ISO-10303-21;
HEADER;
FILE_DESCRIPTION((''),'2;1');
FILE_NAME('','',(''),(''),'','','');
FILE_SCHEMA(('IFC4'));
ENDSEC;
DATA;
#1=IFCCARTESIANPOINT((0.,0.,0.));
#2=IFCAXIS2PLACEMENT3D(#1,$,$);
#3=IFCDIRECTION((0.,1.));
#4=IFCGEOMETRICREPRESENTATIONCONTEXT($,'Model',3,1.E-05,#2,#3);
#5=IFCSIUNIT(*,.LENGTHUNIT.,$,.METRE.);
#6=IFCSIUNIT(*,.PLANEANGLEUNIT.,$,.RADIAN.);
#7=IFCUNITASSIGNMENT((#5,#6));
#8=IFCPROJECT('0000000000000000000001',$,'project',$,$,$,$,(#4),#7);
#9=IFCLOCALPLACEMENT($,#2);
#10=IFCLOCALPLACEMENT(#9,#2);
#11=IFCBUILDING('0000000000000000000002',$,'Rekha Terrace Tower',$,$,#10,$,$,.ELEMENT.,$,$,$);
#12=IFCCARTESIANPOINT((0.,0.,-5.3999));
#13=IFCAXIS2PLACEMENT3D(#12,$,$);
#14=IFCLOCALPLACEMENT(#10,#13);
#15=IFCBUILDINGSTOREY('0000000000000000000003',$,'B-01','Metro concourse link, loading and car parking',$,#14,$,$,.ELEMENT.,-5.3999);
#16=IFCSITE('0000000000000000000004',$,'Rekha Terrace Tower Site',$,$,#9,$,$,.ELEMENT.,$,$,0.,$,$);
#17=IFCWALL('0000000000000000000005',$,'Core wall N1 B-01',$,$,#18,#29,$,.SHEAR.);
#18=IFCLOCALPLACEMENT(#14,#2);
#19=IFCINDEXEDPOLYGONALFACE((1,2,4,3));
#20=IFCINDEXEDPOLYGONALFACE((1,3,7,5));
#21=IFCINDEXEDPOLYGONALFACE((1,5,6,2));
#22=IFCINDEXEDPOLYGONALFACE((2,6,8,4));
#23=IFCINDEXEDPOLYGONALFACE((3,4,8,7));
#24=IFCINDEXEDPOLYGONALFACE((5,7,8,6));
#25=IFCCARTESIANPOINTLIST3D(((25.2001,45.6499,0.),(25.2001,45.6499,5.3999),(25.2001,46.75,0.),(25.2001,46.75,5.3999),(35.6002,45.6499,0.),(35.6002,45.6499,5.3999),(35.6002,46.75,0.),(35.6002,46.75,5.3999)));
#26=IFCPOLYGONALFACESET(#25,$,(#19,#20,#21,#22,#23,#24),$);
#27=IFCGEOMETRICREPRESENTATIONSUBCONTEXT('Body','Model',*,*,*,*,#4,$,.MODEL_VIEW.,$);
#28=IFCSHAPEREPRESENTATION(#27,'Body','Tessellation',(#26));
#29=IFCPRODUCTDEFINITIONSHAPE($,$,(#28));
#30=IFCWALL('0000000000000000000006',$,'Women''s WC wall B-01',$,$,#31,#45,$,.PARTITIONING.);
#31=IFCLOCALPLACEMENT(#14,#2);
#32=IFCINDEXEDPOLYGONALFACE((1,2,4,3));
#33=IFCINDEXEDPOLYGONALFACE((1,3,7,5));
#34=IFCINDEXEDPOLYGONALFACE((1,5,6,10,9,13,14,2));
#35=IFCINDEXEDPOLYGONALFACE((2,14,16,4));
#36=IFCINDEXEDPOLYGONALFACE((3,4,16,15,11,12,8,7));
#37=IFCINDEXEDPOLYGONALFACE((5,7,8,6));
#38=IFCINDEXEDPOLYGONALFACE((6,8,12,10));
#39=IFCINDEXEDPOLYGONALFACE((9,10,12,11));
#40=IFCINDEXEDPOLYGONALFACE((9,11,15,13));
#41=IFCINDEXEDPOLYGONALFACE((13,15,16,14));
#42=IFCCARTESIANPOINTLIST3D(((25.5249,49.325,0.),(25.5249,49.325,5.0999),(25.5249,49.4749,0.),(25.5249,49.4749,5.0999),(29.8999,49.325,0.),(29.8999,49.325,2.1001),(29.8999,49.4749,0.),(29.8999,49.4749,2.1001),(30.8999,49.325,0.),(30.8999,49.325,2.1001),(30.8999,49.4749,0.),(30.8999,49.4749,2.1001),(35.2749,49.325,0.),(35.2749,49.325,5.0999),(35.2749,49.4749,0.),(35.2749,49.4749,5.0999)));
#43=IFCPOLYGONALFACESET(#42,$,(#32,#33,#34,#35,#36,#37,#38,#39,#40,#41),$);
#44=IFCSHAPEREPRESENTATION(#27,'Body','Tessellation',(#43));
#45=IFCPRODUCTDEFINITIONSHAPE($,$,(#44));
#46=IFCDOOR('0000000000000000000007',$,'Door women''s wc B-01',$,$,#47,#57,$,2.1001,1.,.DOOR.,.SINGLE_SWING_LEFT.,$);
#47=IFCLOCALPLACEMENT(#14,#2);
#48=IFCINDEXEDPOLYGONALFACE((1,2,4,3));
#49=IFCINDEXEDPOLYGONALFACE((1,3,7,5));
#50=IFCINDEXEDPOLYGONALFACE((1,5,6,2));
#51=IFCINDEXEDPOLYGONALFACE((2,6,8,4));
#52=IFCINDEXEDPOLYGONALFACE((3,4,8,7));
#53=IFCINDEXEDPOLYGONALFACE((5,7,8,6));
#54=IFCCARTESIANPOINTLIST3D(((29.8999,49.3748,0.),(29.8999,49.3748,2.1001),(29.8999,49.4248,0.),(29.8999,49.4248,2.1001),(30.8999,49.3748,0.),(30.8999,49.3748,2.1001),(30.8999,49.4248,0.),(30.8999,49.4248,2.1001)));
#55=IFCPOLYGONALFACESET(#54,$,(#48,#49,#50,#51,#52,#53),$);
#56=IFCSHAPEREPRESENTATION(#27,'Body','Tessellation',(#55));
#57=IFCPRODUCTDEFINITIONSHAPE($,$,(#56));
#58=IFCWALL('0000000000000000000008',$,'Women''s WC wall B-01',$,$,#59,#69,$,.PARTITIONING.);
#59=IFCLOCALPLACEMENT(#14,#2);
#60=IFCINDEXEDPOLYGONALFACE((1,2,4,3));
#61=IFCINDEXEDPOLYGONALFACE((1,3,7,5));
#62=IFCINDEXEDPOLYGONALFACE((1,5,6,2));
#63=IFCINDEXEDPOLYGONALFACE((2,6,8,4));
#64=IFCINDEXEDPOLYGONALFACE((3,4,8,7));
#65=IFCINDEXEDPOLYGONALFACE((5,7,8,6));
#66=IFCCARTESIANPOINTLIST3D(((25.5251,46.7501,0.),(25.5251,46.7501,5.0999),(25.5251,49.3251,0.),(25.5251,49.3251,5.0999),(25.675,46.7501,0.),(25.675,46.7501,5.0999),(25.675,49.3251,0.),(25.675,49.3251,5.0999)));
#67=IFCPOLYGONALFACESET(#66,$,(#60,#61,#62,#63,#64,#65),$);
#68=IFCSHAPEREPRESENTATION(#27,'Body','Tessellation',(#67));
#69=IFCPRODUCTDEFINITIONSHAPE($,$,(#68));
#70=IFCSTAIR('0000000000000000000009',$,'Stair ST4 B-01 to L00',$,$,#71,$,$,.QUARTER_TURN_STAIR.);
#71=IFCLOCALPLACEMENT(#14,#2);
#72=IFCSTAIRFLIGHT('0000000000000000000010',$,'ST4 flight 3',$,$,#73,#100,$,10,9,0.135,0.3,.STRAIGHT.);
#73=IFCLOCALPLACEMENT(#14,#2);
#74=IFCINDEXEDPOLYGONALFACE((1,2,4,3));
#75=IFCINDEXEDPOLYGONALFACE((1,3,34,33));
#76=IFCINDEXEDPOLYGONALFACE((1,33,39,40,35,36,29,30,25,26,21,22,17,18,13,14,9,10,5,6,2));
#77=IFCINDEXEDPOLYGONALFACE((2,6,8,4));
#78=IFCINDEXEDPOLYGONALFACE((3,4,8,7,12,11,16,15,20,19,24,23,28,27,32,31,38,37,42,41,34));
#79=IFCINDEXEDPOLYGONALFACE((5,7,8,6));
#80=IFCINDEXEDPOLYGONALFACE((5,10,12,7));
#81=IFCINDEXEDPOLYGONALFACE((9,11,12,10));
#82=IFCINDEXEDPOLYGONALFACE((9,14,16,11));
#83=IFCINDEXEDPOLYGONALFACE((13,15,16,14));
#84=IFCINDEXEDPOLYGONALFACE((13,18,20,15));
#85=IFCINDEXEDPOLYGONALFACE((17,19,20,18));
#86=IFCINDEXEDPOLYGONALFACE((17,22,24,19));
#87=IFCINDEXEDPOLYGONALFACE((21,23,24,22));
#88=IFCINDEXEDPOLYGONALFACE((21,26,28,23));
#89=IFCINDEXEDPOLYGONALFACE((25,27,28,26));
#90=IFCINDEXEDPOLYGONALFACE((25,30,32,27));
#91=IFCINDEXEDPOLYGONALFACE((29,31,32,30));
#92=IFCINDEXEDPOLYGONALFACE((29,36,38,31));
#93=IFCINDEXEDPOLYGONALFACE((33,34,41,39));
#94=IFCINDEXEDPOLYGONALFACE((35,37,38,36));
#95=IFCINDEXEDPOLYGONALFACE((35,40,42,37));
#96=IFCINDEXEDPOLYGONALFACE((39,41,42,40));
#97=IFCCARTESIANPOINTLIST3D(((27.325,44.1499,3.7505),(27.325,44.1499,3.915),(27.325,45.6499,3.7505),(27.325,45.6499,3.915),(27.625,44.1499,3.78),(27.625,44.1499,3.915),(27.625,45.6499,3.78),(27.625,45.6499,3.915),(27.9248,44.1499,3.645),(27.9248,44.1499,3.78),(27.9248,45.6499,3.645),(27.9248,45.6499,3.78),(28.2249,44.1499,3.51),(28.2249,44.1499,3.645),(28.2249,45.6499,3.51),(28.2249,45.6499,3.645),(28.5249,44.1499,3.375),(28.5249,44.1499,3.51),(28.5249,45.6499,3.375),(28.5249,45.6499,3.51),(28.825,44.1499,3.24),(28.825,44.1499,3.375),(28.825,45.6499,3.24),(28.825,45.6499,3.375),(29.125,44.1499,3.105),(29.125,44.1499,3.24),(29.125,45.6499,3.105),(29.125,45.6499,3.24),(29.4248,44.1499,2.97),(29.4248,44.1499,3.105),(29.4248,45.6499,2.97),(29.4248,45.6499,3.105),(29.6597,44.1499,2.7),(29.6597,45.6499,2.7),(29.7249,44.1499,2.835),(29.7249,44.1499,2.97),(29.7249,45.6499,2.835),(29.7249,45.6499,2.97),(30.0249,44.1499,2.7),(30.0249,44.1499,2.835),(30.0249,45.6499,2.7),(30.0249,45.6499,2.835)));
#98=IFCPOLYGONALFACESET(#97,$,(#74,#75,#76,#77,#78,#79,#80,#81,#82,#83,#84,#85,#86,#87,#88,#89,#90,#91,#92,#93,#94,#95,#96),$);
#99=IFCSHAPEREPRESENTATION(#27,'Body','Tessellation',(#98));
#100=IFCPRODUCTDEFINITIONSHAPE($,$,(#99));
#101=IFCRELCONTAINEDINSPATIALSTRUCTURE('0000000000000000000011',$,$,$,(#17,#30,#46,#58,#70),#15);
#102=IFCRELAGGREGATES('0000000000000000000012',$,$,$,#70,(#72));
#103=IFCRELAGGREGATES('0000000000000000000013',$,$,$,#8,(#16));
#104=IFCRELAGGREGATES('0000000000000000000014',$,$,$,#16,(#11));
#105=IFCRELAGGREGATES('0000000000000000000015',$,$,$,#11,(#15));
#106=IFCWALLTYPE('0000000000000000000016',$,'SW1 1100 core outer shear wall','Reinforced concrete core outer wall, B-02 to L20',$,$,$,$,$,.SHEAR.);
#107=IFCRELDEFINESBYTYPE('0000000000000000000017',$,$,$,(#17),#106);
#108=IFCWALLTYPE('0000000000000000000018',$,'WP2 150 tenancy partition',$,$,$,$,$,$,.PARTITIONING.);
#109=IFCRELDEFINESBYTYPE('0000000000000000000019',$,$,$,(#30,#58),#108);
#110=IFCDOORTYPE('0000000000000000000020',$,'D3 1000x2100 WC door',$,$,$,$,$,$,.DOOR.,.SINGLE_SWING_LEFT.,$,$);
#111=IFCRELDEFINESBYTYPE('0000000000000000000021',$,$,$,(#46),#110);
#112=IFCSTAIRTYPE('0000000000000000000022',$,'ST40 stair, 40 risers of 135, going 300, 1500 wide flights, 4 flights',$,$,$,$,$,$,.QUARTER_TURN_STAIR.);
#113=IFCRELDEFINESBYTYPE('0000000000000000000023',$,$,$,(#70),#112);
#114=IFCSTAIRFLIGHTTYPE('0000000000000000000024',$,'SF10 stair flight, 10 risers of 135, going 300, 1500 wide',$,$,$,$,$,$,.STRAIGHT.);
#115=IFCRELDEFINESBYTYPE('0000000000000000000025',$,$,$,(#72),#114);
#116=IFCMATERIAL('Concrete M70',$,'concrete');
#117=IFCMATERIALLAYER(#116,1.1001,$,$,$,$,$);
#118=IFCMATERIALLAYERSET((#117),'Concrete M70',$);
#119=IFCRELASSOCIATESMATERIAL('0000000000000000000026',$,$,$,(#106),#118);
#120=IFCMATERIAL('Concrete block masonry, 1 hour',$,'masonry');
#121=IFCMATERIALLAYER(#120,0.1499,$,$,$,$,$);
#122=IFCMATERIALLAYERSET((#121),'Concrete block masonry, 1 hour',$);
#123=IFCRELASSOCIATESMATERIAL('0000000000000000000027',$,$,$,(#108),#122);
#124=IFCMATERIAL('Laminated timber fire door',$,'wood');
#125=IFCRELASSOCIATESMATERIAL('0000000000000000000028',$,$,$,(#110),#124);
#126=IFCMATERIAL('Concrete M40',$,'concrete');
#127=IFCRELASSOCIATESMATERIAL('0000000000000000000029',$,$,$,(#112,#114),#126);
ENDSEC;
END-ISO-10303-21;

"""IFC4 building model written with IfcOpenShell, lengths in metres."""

from ifc_helpers import new_model, si_unit, direction, frame, frame_2d, origin, place, context, subcontext, project, spatial, polyline, rectangle, outline, extrude, material, layer, layer_set, type_object, element, fill, aggregate, save


model = new_model("IFC4")

# Units and contexts
model_context = context("Model", 3, precision=1e-05, world=origin(), true_north=direction((0.0, 1.0)))
body_context = subcontext(model_context, "Body", "Model", "MODEL_VIEW")
ifc_project = project(units=[si_unit("LENGTHUNIT", "METRE"), si_unit("PLANEANGLEUNIT", "RADIAN")], contexts=[model_context])

# Site, building, storey
site_placement = place(None, origin())
site = spatial("IfcSite", under=ifc_project, at=site_placement, Name="Rekha Terrace Tower Site", CompositionType="ELEMENT", RefElevation=0.0)
building_placement = place(site_placement, origin())
building = spatial("IfcBuilding", under=site, at=building_placement, Name="Rekha Terrace Tower", CompositionType="ELEMENT")
storey_placement = place(building_placement, frame((0.0, 0.0, -5.3999)))
storey = spatial("IfcBuildingStorey", under=building, at=storey_placement, Name="B-01", Description="Metro concourse link, loading and car parking", CompositionType="ELEMENT", Elevation=-5.3999)

# Shared definitions
ifc_material_1 = material(Name="Concrete M70", Category="concrete")

# Shared definitions
ifc_material_2 = material(Name="Concrete M40", Category="concrete")

# Wall
ifc_layer_1 = layer(ifc_material_1, 1.1001)
ifc_layer_set_1 = layer_set([ifc_layer_1], Name="Concrete M70")
wall_type_1 = type_object("IfcWallType", Name="SW1 1100 core outer shear wall", Description="Reinforced concrete core outer wall, B-02 to L20", PredefinedType="SHEAR", material=ifc_layer_set_1)
wall_1_placement = place(storey_placement, frame((25.2, 46.2, 0.0), z_axis=(0.0, 0.0, 1.0), x_axis=(1.0, 0.0, 0.0)))
element("IfcWall", 1, at=wall_1_placement, inside=storey, type_object=wall_type_1, Name="Core wall N1 B-01", PredefinedType="SHEAR", context=body_context, shape_type="SweptSolid", body=[
    extrude(rectangle(XDim=10.4001, YDim=1.1001, at=frame_2d((5.2002, 0.0))), origin(), (0.0, 0.0, 1.0), 5.3999),
])

# Wall, opening, door
ifc_material_3 = material(Name="Concrete block masonry, 1 hour", Category="masonry")
ifc_layer_2 = layer(ifc_material_3, 0.1499)
ifc_layer_set_2 = layer_set([ifc_layer_2], Name="Concrete block masonry, 1 hour")
wall_type_2 = type_object("IfcWallType", Name="WP2 150 tenancy partition", PredefinedType="PARTITIONING", material=ifc_layer_set_2)
wall_2_placement = place(storey_placement, frame((25.5249, 49.3999, 0.0), z_axis=(0.0, 0.0, 1.0), x_axis=(1.0, 0.0, 0.0)))
wall_2 = element("IfcWall", 2, at=wall_2_placement, inside=storey, type_object=wall_type_2, Name="Women's WC wall B-01", PredefinedType="PARTITIONING", context=body_context, shape_type="SweptSolid", body=[
    extrude(rectangle(XDim=9.75, YDim=0.1499, at=frame_2d((4.875, 0.0))), origin(), (0.0, 0.0, 1.0), 5.0999),
])
opening_placement = place(wall_2_placement, frame((4.375, 0.0, 0.0)))
opening = element("IfcOpeningElement", 3, at=opening_placement, cuts=wall_2, PredefinedType="OPENING", context=body_context, shape_type="SweptSolid", body=[
    extrude(rectangle(XDim=1.0, YDim=2.1001, at=frame_2d((0.5, 1.05))), frame((0.0, 0.085, 0.0), z_axis=(0.0, -1.0, 0.0), x_axis=(1.0, 0.0, 0.0)), (0.0, 0.0, 1.0), 0.1699),
])
ifc_material_4 = material(Name="Laminated timber fire door", Category="wood")
door_type = type_object("IfcDoorType", Name="D3 1000x2100 WC door", OperationType="SINGLE_SWING_LEFT", PredefinedType="DOOR", material=ifc_material_4)
door_placement = place(opening_placement, origin())
door = element("IfcDoor", 4, at=door_placement, inside=storey, type_object=door_type, Name="Door women's wc B-01", OperationType="SINGLE_SWING_LEFT", OverallHeight=2.1001, OverallWidth=1.0, PredefinedType="DOOR", context=body_context, shape_type="SweptSolid", body=[
    extrude(rectangle(XDim=1.0, YDim=2.1001, at=frame_2d((0.5, 1.05))), frame((0.0, 0.0249, 0.0), z_axis=(0.0, -1.0, 0.0), x_axis=(1.0, 0.0, 0.0)), (0.0, 0.0, 1.0), 0.05),
])
fill(opening, door)

# Wall
wall_3_placement = place(storey_placement, frame((25.6001, 46.75, 0.0), z_axis=(0.0, 0.0, 1.0), x_axis=(0.0, 1.0, 0.0)))
element("IfcWall", 5, at=wall_3_placement, inside=storey, type_object=wall_type_2, Name="Women's WC wall B-01", PredefinedType="PARTITIONING", context=body_context, shape_type="SweptSolid", body=[
    extrude(rectangle(XDim=2.575, YDim=0.1499, at=frame_2d((1.2876, 0.0))), origin(), (0.0, 0.0, 1.0), 5.0999),
])

# Stair, stair flight
stair_type = type_object("IfcStairType", Name="ST40 stair, 40 risers of 135, going 300, 1500 wide flights, 4 flights", PredefinedType="QUARTER_TURN_STAIR", material=ifc_material_2)
stair_placement = place(storey_placement, origin())
stair = element("IfcStair", 6, at=stair_placement, inside=storey, type_object=stair_type, Name="Stair ST4 B-01 to L00", PredefinedType="QUARTER_TURN_STAIR")
stair_flight_type = type_object("IfcStairFlightType", Name="SF10 stair flight, 10 risers of 135, going 300, 1500 wide", PredefinedType="STRAIGHT", material=ifc_material_2)
stair_flight_placement = place(storey_placement, frame((30.0249, 44.8999, 2.7), z_axis=(0.0, 0.0, 1.0), x_axis=(-1.0, 0.0, 0.0)))
stair_flight = element("IfcStairFlight", 7, at=stair_flight_placement, type_object=stair_flight_type, Name="ST4 flight 3", NumberOfRisers=10, NumberOfTreads=9, PredefinedType="STRAIGHT", RiserHeight=0.135, TreadLength=0.3, context=body_context, shape_type="SweptSolid", body=[
    extrude(outline(polyline([(0.0, 0.0), (0.0, 0.135), (0.3, 0.135), (0.3, 0.27), (0.6001, 0.27), (0.6001, 0.405), (0.8999, 0.405), (0.8999, 0.54), (1.2, 0.54), (1.2, 0.675), (1.5, 0.675), (1.5, 0.8101), (1.8, 0.8101), (1.8, 0.9451), (2.1001, 0.9451), (2.1001, 1.0801), (2.3999, 1.0801), (2.3999, 1.2151), (2.7, 1.2151), (2.7, 1.3501), (2.7, 1.0505), (0.3652, 0.0), (0.0, 0.0)])), frame((0.0, 0.75, 0.0), z_axis=(0.0, -1.0, 0.0), x_axis=(1.0, 0.0, 0.0)), (0.0, 0.0, 1.0), 1.5),
])
aggregate(stair, [stair_flight])

save(model, "model.ifc")
